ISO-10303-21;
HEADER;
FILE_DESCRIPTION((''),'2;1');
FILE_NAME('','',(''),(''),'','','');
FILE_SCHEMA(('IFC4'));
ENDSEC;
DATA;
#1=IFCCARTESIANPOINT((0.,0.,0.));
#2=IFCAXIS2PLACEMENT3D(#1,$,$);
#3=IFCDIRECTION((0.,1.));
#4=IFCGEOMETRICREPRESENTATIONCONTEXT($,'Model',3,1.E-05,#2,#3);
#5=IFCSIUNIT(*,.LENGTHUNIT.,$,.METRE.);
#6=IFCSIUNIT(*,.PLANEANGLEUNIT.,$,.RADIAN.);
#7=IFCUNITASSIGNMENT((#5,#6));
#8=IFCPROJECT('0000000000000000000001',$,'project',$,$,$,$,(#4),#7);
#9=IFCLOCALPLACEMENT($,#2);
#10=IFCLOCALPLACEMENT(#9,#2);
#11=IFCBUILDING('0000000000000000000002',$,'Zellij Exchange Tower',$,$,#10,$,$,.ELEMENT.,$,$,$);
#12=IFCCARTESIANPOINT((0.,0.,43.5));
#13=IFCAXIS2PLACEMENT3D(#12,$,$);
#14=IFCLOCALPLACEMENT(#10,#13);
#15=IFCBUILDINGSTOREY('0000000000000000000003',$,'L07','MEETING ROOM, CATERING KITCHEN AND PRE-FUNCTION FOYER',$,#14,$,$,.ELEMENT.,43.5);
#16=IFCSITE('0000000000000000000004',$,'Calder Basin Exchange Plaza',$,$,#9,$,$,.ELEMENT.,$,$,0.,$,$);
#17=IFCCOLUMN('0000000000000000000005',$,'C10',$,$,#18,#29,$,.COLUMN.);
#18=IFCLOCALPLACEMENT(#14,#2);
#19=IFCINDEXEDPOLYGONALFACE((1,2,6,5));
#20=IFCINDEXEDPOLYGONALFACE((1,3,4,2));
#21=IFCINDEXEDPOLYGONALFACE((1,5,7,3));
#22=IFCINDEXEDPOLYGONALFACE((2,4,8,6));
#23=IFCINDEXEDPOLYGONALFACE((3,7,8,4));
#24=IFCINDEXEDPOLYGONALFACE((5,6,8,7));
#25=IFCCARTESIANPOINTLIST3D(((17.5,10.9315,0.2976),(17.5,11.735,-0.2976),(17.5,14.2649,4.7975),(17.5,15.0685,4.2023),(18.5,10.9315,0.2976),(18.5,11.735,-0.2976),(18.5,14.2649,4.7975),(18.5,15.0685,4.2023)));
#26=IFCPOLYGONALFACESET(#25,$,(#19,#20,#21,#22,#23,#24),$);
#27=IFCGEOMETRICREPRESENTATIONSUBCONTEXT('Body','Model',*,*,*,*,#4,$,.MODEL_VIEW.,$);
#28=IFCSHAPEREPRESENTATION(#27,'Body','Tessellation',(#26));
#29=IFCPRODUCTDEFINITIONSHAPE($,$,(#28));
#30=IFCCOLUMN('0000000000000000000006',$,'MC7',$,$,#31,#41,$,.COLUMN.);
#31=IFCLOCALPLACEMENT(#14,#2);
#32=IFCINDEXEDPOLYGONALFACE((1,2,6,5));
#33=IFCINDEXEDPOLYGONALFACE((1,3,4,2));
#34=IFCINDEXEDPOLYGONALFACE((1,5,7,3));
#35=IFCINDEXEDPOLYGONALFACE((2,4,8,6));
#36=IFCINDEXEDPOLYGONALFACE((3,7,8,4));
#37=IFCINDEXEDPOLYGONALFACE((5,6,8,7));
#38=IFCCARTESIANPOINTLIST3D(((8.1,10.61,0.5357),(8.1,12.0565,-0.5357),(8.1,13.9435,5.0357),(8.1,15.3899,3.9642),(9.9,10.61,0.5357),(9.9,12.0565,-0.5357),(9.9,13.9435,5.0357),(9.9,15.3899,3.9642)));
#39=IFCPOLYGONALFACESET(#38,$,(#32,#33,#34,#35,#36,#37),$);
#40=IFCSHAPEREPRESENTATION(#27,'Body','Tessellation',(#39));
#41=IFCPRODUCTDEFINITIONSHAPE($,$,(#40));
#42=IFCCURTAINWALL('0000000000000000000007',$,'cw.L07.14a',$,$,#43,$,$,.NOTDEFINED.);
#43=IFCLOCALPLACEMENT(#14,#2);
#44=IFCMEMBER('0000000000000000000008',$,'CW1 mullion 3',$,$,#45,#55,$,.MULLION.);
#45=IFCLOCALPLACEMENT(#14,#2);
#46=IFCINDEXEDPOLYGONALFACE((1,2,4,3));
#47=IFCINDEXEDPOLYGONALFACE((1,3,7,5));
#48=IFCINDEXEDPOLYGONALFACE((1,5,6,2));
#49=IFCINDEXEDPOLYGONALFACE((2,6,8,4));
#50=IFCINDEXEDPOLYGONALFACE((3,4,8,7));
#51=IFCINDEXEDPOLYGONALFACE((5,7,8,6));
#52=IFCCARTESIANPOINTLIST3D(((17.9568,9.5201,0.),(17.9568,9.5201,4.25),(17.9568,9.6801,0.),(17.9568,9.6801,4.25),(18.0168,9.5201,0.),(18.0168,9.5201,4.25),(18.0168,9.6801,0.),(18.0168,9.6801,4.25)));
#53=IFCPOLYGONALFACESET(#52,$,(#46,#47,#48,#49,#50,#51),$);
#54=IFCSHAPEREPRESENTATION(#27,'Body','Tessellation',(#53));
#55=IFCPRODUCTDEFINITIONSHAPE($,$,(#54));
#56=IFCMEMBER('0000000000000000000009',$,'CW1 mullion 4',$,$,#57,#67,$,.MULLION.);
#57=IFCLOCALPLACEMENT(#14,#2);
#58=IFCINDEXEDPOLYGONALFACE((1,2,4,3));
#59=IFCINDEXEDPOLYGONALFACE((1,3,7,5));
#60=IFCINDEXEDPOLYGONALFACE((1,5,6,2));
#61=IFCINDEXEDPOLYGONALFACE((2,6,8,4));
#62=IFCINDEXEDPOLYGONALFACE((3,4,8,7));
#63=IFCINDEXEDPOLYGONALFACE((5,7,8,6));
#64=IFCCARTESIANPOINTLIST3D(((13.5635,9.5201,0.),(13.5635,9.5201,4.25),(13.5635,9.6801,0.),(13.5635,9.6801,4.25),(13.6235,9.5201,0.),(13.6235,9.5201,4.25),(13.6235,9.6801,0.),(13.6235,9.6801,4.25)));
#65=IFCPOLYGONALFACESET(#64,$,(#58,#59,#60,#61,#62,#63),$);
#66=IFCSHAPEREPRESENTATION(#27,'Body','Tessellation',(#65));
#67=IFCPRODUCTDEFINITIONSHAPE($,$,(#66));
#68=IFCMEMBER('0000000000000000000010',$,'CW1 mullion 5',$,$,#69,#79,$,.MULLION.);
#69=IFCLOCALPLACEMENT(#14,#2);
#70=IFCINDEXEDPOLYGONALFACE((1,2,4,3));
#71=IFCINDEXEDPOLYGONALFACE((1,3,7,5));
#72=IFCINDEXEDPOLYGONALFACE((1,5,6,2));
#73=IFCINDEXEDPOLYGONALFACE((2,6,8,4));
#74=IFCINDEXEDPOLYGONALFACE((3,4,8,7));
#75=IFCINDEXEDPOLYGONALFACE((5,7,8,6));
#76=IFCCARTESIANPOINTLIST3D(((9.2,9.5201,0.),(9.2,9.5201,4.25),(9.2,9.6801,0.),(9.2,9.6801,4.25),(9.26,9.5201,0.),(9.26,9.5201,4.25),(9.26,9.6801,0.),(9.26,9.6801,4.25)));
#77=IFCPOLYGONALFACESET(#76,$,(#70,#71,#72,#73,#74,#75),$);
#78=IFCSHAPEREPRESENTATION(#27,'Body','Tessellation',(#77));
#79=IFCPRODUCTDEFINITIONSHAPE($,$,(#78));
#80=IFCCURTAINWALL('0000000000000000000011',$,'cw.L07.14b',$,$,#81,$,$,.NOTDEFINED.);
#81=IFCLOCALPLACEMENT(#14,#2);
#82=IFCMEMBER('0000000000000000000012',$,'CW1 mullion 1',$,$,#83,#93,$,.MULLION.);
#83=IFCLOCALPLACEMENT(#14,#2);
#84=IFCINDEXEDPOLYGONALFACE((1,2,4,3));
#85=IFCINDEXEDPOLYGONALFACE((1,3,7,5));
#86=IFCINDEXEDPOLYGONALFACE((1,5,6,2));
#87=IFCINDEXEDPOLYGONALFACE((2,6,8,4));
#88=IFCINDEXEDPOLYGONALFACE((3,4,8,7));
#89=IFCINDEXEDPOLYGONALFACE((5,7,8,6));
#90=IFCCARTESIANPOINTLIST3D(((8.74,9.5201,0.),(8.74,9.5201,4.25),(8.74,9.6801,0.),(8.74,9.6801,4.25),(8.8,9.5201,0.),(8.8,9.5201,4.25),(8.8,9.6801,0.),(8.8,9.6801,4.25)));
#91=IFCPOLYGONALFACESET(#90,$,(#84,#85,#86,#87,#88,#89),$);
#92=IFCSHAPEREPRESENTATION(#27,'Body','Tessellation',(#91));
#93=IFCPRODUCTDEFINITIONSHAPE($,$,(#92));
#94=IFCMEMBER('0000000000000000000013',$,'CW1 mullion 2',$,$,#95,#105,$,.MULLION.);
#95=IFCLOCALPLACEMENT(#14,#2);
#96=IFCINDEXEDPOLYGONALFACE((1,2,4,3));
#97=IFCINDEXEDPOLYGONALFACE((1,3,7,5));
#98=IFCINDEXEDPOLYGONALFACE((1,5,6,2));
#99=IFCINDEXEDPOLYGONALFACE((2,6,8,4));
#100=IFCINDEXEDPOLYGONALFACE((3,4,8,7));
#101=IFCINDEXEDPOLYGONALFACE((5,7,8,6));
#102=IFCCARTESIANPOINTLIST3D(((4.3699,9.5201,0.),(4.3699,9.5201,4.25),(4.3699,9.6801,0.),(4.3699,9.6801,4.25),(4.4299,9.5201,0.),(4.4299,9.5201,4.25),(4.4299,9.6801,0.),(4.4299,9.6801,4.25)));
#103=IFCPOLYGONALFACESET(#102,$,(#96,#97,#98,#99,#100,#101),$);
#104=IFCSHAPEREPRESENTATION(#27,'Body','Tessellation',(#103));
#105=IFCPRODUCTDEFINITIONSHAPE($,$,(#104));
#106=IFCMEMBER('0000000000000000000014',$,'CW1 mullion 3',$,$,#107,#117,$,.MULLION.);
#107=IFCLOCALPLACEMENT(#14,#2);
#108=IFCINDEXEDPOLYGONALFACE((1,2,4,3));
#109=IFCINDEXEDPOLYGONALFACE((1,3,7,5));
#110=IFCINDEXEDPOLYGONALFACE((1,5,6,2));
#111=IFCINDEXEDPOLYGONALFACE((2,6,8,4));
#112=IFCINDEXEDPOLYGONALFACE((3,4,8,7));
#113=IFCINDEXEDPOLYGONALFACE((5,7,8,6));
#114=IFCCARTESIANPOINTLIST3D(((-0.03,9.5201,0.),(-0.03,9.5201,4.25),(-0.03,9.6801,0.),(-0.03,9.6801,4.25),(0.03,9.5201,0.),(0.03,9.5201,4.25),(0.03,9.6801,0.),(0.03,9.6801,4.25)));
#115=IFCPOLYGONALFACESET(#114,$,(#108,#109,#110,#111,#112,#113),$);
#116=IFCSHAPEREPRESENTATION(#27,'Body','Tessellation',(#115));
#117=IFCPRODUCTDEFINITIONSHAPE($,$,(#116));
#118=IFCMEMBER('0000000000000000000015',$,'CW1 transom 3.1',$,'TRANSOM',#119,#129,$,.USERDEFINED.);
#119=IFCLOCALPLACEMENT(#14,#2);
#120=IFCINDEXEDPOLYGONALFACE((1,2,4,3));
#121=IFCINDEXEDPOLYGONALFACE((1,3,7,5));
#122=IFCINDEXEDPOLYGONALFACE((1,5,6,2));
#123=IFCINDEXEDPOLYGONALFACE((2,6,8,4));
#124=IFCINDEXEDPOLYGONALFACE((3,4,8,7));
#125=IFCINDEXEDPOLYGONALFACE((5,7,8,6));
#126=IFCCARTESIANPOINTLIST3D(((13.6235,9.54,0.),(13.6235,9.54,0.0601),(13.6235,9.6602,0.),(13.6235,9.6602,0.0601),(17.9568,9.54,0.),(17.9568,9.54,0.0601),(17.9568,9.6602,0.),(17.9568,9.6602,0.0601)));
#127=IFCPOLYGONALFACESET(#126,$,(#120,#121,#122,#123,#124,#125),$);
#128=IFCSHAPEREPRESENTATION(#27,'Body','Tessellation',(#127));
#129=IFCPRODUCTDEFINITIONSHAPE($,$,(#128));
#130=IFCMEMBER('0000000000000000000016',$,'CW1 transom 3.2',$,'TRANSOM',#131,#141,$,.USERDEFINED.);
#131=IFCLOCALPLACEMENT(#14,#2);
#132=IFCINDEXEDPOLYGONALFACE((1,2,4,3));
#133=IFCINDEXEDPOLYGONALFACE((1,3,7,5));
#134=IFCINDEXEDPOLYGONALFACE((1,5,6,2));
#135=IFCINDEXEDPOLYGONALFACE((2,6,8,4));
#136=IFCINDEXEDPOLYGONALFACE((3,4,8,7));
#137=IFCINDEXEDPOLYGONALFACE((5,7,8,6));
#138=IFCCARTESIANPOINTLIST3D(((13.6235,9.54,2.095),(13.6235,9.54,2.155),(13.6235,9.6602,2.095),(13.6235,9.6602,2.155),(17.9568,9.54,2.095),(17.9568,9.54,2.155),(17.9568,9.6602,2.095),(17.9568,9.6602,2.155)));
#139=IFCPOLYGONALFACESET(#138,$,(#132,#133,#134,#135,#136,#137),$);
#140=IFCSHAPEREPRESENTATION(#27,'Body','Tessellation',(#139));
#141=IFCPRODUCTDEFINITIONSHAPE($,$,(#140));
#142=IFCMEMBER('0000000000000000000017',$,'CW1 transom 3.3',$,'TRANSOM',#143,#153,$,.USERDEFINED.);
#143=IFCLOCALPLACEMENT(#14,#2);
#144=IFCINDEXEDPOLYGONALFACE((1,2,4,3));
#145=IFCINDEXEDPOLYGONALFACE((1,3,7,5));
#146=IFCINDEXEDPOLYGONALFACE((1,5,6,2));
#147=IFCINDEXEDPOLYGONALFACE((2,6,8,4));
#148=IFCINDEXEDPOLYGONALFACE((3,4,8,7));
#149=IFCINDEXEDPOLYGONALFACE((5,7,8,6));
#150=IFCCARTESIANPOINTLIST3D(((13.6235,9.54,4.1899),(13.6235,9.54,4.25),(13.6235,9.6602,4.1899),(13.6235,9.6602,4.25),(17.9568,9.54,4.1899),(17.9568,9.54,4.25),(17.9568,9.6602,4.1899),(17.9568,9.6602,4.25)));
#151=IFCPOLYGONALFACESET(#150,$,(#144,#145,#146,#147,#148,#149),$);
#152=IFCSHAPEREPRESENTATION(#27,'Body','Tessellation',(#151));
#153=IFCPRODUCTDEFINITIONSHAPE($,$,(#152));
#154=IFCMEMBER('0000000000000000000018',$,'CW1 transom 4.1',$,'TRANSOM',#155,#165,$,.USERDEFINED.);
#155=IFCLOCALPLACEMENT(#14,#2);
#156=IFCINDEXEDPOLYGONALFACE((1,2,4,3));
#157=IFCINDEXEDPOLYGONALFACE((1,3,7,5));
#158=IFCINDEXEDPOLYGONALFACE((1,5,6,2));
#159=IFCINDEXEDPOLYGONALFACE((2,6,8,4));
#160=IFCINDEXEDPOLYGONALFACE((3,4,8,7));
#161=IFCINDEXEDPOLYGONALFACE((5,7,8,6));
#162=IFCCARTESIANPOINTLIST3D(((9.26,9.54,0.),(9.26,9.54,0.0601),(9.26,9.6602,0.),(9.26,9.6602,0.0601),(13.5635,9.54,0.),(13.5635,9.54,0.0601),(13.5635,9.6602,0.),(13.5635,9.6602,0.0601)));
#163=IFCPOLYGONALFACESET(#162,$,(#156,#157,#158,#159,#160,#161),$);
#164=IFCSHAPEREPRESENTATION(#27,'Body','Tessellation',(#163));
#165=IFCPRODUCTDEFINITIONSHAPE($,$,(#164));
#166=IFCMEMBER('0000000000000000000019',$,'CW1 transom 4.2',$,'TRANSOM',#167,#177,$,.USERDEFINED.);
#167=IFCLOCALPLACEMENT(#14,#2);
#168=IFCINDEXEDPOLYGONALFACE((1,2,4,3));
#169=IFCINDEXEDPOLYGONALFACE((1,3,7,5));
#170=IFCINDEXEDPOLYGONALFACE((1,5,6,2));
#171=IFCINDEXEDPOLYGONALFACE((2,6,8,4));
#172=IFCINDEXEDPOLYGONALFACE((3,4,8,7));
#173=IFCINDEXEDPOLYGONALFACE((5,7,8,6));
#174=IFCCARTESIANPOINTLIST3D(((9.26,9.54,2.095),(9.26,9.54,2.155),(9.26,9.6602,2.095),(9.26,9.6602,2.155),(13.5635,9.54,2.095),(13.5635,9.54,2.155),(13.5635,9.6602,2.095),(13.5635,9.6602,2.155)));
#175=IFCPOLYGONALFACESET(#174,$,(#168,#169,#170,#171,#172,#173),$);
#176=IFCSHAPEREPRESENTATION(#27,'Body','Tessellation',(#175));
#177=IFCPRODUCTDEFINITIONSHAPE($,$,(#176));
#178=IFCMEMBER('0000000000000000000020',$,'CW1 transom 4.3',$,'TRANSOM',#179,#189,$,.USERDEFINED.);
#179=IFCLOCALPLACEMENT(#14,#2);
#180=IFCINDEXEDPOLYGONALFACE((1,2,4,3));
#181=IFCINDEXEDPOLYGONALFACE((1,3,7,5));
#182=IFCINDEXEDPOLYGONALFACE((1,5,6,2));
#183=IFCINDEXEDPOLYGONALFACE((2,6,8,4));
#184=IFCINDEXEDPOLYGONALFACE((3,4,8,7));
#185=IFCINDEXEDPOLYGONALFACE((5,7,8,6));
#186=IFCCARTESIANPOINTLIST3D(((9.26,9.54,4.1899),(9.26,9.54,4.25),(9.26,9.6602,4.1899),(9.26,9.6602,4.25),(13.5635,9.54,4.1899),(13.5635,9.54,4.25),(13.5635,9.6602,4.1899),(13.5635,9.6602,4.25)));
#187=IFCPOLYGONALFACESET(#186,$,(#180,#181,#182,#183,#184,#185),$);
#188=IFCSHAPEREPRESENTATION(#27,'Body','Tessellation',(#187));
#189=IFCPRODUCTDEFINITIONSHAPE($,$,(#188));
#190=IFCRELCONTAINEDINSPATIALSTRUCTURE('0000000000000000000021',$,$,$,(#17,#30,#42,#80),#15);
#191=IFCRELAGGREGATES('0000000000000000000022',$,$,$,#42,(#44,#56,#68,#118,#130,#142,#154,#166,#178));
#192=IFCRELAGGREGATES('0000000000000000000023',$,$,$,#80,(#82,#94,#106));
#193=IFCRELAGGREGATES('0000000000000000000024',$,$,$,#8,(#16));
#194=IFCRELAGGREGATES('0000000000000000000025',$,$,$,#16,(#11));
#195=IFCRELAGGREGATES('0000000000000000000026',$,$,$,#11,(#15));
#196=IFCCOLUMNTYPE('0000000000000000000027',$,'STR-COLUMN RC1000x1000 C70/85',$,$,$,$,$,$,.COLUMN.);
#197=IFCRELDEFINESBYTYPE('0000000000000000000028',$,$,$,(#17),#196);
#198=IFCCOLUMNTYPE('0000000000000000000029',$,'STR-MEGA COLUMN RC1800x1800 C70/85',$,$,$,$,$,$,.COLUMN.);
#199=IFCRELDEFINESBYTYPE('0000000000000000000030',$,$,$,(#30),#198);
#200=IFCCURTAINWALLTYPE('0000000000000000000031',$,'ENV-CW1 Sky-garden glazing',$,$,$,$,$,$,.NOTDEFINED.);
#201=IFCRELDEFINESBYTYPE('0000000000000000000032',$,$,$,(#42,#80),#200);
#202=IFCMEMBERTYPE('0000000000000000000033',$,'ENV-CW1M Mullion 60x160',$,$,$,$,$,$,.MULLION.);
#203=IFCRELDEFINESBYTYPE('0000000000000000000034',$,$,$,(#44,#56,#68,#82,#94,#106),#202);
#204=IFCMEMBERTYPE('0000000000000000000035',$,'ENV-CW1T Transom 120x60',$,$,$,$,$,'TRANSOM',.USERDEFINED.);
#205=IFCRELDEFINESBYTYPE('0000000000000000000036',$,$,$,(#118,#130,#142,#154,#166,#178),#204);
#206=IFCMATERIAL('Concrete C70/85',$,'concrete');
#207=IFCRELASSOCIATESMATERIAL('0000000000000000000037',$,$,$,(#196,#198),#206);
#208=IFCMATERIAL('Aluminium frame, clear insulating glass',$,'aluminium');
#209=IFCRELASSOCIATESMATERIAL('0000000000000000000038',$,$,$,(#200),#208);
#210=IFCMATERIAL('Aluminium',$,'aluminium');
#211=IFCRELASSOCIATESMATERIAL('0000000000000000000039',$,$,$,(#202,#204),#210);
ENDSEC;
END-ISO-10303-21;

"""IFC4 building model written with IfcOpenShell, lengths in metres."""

from ifc_helpers import new_model, si_unit, direction, frame, origin, origin_2d, place, context, subcontext, project, spatial, rectangle, extrude, material, material_profile, profile_set, type_object, element, aggregate, save


model = new_model("IFC4")

# Units and contexts
model_context = context("Model", 3, precision=1e-05, world=origin(), true_north=direction((0.0, 1.0)))
body_context = subcontext(model_context, "Body", "Model", "MODEL_VIEW")
ifc_project = project(units=[si_unit("LENGTHUNIT", "METRE"), si_unit("PLANEANGLEUNIT", "RADIAN")], contexts=[model_context])

# Site, building, storey
site_placement = place(None, origin())
site = spatial("IfcSite", under=ifc_project, at=site_placement, Name="Calder Basin Exchange Plaza", CompositionType="ELEMENT", RefElevation=0.0)
building_placement = place(site_placement, origin())
building = spatial("IfcBuilding", under=site, at=building_placement, Name="Zellij Exchange Tower", CompositionType="ELEMENT")
storey_placement = place(building_placement, frame((0.0, 0.0, 43.5)))
storey = spatial("IfcBuildingStorey", under=building, at=storey_placement, Name="L07", Description="MEETING ROOM, CATERING KITCHEN AND PRE-FUNCTION FOYER", CompositionType="ELEMENT", Elevation=43.5)

# Columns
ifc_material_1 = material(Name="Concrete C70/85", Category="concrete")
ifc_material_profile_1 = material_profile(ifc_material_1, rectangle(XDim=1.0, YDim=1.0, at=origin_2d()), Name="STR-COLUMN RC1000x1000 C70/85")
ifc_profile_set_1 = profile_set([ifc_material_profile_1], Name="Concrete C70/85")
column_type_1 = type_object("IfcColumnType", Name="STR-COLUMN RC1000x1000 C70/85", PredefinedType="COLUMN", material=ifc_profile_set_1)
column_1_placement = place(storey_placement, frame((18.0, 11.3333, 0.0), z_axis=(0.0, 0.595246, 0.803543), x_axis=(-1.0, 0.0, 0.0)))
element("IfcColumn", 1, at=column_1_placement, inside=storey, type_object=column_type_1, Name="C10", PredefinedType="COLUMN", context=body_context, shape_type="SweptSolid", body=[
    extrude(rectangle(XDim=1.0, YDim=1.0, at=origin_2d()), origin(), (0.0, 0.0, 1.0), 5.6001),
])
ifc_material_profile_2 = material_profile(ifc_material_1, rectangle(XDim=1.8, YDim=1.8, at=origin_2d()), Name="STR-MEGA COLUMN RC1800x1800 C70/85")
ifc_profile_set_2 = profile_set([ifc_material_profile_2], Name="Concrete C70/85")
column_type_2 = type_object("IfcColumnType", Name="STR-MEGA COLUMN RC1800x1800 C70/85", PredefinedType="COLUMN", material=ifc_profile_set_2)
column_2_placement = place(storey_placement, frame((9.0, 11.3333, 0.0), z_axis=(0.0, 0.595246, 0.803543), x_axis=(-1.0, 0.0, 0.0)))
element("IfcColumn", 2, at=column_2_placement, inside=storey, type_object=column_type_2, Name="MC7", PredefinedType="COLUMN", context=body_context, shape_type="SweptSolid", body=[
    extrude(rectangle(XDim=1.8, YDim=1.8, at=origin_2d()), origin(), (0.0, 0.0, 1.0), 5.6001),
])

# Curtain walls, members
ifc_material_2 = material(Name="Aluminium frame, clear insulating glass", Category="aluminium")
curtain_wall_type = type_object("IfcCurtainWallType", Name="ENV-CW1 Sky-garden glazing", PredefinedType="NOTDEFINED", material=ifc_material_2)
curtain_wall_1_placement = place(storey_placement, origin())
curtain_wall_1 = element("IfcCurtainWall", 3, at=curtain_wall_1_placement, inside=storey, type_object=curtain_wall_type, Name="cw.L07.14a", PredefinedType="NOTDEFINED")
ifc_material_3 = material(Name="Aluminium", Category="aluminium")
ifc_material_profile_3 = material_profile(ifc_material_3, rectangle(XDim=0.0601, YDim=0.1599, at=origin_2d()), Name="AL 60x160")
ifc_profile_set_3 = profile_set([ifc_material_profile_3], Name="Aluminium")
member_type_1 = type_object("IfcMemberType", Name="ENV-CW1M Mullion 60x160", PredefinedType="MULLION", material=ifc_profile_set_3)
member_1_placement = place(storey_placement, frame((17.9868, 9.6001, 0.0), z_axis=(0.0, 0.0, 1.0), x_axis=(-1.0, 0.0, 0.0)))
member_1 = element("IfcMember", 4, at=member_1_placement, type_object=member_type_1, Name="CW1 mullion 3", PredefinedType="MULLION", context=body_context, shape_type="SweptSolid", body=[
    extrude(rectangle(XDim=0.0601, YDim=0.1599, at=origin_2d()), origin(), (0.0, 0.0, 1.0), 4.25),
])
member_2_placement = place(storey_placement, frame((13.5935, 9.6001, 0.0), z_axis=(0.0, 0.0, 1.0), x_axis=(-1.0, 0.0, 0.0)))
member_2 = element("IfcMember", 5, at=member_2_placement, type_object=member_type_1, Name="CW1 mullion 4", PredefinedType="MULLION", context=body_context, shape_type="SweptSolid", body=[
    extrude(rectangle(XDim=0.0601, YDim=0.1599, at=origin_2d()), origin(), (0.0, 0.0, 1.0), 4.25),
])
member_3_placement = place(storey_placement, frame((9.23, 9.6001, 0.0), z_axis=(0.0, 0.0, 1.0), x_axis=(-1.0, 0.0, 0.0)))
member_3 = element("IfcMember", 6, at=member_3_placement, type_object=member_type_1, Name="CW1 mullion 5", PredefinedType="MULLION", context=body_context, shape_type="SweptSolid", body=[
    extrude(rectangle(XDim=0.0601, YDim=0.1599, at=origin_2d()), origin(), (0.0, 0.0, 1.0), 4.25),
])
curtain_wall_2_placement = place(storey_placement, origin())
curtain_wall_2 = element("IfcCurtainWall", 7, at=curtain_wall_2_placement, inside=storey, type_object=curtain_wall_type, Name="cw.L07.14b", PredefinedType="NOTDEFINED")
member_4_placement = place(storey_placement, frame((8.77, 9.6001, 0.0), z_axis=(0.0, 0.0, 1.0), x_axis=(-1.0, 0.0, 0.0)))
member_4 = element("IfcMember", 8, at=member_4_placement, type_object=member_type_1, Name="CW1 mullion 1", PredefinedType="MULLION", context=body_context, shape_type="SweptSolid", body=[
    extrude(rectangle(XDim=0.0601, YDim=0.1599, at=origin_2d()), origin(), (0.0, 0.0, 1.0), 4.25),
])
member_5_placement = place(storey_placement, frame((4.3999, 9.6001, 0.0), z_axis=(0.0, 0.0, 1.0), x_axis=(-1.0, 0.0, 0.0)))
member_5 = element("IfcMember", 9, at=member_5_placement, type_object=member_type_1, Name="CW1 mullion 2", PredefinedType="MULLION", context=body_context, shape_type="SweptSolid", body=[
    extrude(rectangle(XDim=0.0601, YDim=0.1599, at=origin_2d()), origin(), (0.0, 0.0, 1.0), 4.25),
])
member_6_placement = place(storey_placement, frame((0.0, 9.6001, 0.0), z_axis=(0.0, 0.0, 1.0), x_axis=(-1.0, 0.0, 0.0)))
member_6 = element("IfcMember", 10, at=member_6_placement, type_object=member_type_1, Name="CW1 mullion 3", PredefinedType="MULLION", context=body_context, shape_type="SweptSolid", body=[
    extrude(rectangle(XDim=0.0601, YDim=0.1599, at=origin_2d()), origin(), (0.0, 0.0, 1.0), 4.25),
])

# Members
ifc_material_profile_4 = material_profile(ifc_material_3, rectangle(XDim=0.1201, YDim=0.0601, at=origin_2d()), Name="AL 120x60")
ifc_profile_set_4 = profile_set([ifc_material_profile_4], Name="Aluminium")
member_type_2 = type_object("IfcMemberType", Name="ENV-CW1T Transom 120x60", ElementType="TRANSOM", PredefinedType="USERDEFINED", material=ifc_profile_set_4)
member_7_placement = place(storey_placement, frame((17.9568, 9.6001, 0.03), z_axis=(-1.0, 0.0, 0.0), x_axis=(0.0, -1.0, 0.0)))
member_7 = element("IfcMember", 11, at=member_7_placement, type_object=member_type_2, Name="CW1 transom 3.1", ObjectType="TRANSOM", PredefinedType="USERDEFINED", context=body_context, shape_type="SweptSolid", body=[
    extrude(rectangle(XDim=0.1201, YDim=0.0601, at=origin_2d()), origin(), (0.0, 0.0, 1.0), 4.3333),
])
member_8_placement = place(storey_placement, frame((17.9568, 9.6001, 2.125), z_axis=(-1.0, 0.0, 0.0), x_axis=(0.0, -1.0, 0.0)))
member_8 = element("IfcMember", 12, at=member_8_placement, type_object=member_type_2, Name="CW1 transom 3.2", ObjectType="TRANSOM", PredefinedType="USERDEFINED", context=body_context, shape_type="SweptSolid", body=[
    extrude(rectangle(XDim=0.1201, YDim=0.0601, at=origin_2d()), origin(), (0.0, 0.0, 1.0), 4.3333),
])
member_9_placement = place(storey_placement, frame((17.9568, 9.6001, 4.22), z_axis=(-1.0, 0.0, 0.0), x_axis=(0.0, -1.0, 0.0)))
member_9 = element("IfcMember", 13, at=member_9_placement, type_object=member_type_2, Name="CW1 transom 3.3", ObjectType="TRANSOM", PredefinedType="USERDEFINED", context=body_context, shape_type="SweptSolid", body=[
    extrude(rectangle(XDim=0.1201, YDim=0.0601, at=origin_2d()), origin(), (0.0, 0.0, 1.0), 4.3333),
])
member_10_placement = place(storey_placement, frame((13.5635, 9.6001, 0.03), z_axis=(-1.0, 0.0, 0.0), x_axis=(0.0, -1.0, 0.0)))
member_10 = element("IfcMember", 14, at=member_10_placement, type_object=member_type_2, Name="CW1 transom 4.1", ObjectType="TRANSOM", PredefinedType="USERDEFINED", context=body_context, shape_type="SweptSolid", body=[
    extrude(rectangle(XDim=0.1201, YDim=0.0601, at=origin_2d()), origin(), (0.0, 0.0, 1.0), 4.3035),
])
member_11_placement = place(storey_placement, frame((13.5635, 9.6001, 2.125), z_axis=(-1.0, 0.0, 0.0), x_axis=(0.0, -1.0, 0.0)))
member_11 = element("IfcMember", 15, at=member_11_placement, type_object=member_type_2, Name="CW1 transom 4.2", ObjectType="TRANSOM", PredefinedType="USERDEFINED", context=body_context, shape_type="SweptSolid", body=[
    extrude(rectangle(XDim=0.1201, YDim=0.0601, at=origin_2d()), origin(), (0.0, 0.0, 1.0), 4.3035),
])
member_12_placement = place(storey_placement, frame((13.5635, 9.6001, 4.22), z_axis=(-1.0, 0.0, 0.0), x_axis=(0.0, -1.0, 0.0)))
member_12 = element("IfcMember", 16, at=member_12_placement, type_object=member_type_2, Name="CW1 transom 4.3", ObjectType="TRANSOM", PredefinedType="USERDEFINED", context=body_context, shape_type="SweptSolid", body=[
    extrude(rectangle(XDim=0.1201, YDim=0.0601, at=origin_2d()), origin(), (0.0, 0.0, 1.0), 4.3035),
])

aggregate(curtain_wall_1, [member_1, member_2, member_3, member_7, member_8, member_9, member_10, member_11, member_12])
aggregate(curtain_wall_2, [member_4, member_5, member_6])

save(model, "model.ifc")
